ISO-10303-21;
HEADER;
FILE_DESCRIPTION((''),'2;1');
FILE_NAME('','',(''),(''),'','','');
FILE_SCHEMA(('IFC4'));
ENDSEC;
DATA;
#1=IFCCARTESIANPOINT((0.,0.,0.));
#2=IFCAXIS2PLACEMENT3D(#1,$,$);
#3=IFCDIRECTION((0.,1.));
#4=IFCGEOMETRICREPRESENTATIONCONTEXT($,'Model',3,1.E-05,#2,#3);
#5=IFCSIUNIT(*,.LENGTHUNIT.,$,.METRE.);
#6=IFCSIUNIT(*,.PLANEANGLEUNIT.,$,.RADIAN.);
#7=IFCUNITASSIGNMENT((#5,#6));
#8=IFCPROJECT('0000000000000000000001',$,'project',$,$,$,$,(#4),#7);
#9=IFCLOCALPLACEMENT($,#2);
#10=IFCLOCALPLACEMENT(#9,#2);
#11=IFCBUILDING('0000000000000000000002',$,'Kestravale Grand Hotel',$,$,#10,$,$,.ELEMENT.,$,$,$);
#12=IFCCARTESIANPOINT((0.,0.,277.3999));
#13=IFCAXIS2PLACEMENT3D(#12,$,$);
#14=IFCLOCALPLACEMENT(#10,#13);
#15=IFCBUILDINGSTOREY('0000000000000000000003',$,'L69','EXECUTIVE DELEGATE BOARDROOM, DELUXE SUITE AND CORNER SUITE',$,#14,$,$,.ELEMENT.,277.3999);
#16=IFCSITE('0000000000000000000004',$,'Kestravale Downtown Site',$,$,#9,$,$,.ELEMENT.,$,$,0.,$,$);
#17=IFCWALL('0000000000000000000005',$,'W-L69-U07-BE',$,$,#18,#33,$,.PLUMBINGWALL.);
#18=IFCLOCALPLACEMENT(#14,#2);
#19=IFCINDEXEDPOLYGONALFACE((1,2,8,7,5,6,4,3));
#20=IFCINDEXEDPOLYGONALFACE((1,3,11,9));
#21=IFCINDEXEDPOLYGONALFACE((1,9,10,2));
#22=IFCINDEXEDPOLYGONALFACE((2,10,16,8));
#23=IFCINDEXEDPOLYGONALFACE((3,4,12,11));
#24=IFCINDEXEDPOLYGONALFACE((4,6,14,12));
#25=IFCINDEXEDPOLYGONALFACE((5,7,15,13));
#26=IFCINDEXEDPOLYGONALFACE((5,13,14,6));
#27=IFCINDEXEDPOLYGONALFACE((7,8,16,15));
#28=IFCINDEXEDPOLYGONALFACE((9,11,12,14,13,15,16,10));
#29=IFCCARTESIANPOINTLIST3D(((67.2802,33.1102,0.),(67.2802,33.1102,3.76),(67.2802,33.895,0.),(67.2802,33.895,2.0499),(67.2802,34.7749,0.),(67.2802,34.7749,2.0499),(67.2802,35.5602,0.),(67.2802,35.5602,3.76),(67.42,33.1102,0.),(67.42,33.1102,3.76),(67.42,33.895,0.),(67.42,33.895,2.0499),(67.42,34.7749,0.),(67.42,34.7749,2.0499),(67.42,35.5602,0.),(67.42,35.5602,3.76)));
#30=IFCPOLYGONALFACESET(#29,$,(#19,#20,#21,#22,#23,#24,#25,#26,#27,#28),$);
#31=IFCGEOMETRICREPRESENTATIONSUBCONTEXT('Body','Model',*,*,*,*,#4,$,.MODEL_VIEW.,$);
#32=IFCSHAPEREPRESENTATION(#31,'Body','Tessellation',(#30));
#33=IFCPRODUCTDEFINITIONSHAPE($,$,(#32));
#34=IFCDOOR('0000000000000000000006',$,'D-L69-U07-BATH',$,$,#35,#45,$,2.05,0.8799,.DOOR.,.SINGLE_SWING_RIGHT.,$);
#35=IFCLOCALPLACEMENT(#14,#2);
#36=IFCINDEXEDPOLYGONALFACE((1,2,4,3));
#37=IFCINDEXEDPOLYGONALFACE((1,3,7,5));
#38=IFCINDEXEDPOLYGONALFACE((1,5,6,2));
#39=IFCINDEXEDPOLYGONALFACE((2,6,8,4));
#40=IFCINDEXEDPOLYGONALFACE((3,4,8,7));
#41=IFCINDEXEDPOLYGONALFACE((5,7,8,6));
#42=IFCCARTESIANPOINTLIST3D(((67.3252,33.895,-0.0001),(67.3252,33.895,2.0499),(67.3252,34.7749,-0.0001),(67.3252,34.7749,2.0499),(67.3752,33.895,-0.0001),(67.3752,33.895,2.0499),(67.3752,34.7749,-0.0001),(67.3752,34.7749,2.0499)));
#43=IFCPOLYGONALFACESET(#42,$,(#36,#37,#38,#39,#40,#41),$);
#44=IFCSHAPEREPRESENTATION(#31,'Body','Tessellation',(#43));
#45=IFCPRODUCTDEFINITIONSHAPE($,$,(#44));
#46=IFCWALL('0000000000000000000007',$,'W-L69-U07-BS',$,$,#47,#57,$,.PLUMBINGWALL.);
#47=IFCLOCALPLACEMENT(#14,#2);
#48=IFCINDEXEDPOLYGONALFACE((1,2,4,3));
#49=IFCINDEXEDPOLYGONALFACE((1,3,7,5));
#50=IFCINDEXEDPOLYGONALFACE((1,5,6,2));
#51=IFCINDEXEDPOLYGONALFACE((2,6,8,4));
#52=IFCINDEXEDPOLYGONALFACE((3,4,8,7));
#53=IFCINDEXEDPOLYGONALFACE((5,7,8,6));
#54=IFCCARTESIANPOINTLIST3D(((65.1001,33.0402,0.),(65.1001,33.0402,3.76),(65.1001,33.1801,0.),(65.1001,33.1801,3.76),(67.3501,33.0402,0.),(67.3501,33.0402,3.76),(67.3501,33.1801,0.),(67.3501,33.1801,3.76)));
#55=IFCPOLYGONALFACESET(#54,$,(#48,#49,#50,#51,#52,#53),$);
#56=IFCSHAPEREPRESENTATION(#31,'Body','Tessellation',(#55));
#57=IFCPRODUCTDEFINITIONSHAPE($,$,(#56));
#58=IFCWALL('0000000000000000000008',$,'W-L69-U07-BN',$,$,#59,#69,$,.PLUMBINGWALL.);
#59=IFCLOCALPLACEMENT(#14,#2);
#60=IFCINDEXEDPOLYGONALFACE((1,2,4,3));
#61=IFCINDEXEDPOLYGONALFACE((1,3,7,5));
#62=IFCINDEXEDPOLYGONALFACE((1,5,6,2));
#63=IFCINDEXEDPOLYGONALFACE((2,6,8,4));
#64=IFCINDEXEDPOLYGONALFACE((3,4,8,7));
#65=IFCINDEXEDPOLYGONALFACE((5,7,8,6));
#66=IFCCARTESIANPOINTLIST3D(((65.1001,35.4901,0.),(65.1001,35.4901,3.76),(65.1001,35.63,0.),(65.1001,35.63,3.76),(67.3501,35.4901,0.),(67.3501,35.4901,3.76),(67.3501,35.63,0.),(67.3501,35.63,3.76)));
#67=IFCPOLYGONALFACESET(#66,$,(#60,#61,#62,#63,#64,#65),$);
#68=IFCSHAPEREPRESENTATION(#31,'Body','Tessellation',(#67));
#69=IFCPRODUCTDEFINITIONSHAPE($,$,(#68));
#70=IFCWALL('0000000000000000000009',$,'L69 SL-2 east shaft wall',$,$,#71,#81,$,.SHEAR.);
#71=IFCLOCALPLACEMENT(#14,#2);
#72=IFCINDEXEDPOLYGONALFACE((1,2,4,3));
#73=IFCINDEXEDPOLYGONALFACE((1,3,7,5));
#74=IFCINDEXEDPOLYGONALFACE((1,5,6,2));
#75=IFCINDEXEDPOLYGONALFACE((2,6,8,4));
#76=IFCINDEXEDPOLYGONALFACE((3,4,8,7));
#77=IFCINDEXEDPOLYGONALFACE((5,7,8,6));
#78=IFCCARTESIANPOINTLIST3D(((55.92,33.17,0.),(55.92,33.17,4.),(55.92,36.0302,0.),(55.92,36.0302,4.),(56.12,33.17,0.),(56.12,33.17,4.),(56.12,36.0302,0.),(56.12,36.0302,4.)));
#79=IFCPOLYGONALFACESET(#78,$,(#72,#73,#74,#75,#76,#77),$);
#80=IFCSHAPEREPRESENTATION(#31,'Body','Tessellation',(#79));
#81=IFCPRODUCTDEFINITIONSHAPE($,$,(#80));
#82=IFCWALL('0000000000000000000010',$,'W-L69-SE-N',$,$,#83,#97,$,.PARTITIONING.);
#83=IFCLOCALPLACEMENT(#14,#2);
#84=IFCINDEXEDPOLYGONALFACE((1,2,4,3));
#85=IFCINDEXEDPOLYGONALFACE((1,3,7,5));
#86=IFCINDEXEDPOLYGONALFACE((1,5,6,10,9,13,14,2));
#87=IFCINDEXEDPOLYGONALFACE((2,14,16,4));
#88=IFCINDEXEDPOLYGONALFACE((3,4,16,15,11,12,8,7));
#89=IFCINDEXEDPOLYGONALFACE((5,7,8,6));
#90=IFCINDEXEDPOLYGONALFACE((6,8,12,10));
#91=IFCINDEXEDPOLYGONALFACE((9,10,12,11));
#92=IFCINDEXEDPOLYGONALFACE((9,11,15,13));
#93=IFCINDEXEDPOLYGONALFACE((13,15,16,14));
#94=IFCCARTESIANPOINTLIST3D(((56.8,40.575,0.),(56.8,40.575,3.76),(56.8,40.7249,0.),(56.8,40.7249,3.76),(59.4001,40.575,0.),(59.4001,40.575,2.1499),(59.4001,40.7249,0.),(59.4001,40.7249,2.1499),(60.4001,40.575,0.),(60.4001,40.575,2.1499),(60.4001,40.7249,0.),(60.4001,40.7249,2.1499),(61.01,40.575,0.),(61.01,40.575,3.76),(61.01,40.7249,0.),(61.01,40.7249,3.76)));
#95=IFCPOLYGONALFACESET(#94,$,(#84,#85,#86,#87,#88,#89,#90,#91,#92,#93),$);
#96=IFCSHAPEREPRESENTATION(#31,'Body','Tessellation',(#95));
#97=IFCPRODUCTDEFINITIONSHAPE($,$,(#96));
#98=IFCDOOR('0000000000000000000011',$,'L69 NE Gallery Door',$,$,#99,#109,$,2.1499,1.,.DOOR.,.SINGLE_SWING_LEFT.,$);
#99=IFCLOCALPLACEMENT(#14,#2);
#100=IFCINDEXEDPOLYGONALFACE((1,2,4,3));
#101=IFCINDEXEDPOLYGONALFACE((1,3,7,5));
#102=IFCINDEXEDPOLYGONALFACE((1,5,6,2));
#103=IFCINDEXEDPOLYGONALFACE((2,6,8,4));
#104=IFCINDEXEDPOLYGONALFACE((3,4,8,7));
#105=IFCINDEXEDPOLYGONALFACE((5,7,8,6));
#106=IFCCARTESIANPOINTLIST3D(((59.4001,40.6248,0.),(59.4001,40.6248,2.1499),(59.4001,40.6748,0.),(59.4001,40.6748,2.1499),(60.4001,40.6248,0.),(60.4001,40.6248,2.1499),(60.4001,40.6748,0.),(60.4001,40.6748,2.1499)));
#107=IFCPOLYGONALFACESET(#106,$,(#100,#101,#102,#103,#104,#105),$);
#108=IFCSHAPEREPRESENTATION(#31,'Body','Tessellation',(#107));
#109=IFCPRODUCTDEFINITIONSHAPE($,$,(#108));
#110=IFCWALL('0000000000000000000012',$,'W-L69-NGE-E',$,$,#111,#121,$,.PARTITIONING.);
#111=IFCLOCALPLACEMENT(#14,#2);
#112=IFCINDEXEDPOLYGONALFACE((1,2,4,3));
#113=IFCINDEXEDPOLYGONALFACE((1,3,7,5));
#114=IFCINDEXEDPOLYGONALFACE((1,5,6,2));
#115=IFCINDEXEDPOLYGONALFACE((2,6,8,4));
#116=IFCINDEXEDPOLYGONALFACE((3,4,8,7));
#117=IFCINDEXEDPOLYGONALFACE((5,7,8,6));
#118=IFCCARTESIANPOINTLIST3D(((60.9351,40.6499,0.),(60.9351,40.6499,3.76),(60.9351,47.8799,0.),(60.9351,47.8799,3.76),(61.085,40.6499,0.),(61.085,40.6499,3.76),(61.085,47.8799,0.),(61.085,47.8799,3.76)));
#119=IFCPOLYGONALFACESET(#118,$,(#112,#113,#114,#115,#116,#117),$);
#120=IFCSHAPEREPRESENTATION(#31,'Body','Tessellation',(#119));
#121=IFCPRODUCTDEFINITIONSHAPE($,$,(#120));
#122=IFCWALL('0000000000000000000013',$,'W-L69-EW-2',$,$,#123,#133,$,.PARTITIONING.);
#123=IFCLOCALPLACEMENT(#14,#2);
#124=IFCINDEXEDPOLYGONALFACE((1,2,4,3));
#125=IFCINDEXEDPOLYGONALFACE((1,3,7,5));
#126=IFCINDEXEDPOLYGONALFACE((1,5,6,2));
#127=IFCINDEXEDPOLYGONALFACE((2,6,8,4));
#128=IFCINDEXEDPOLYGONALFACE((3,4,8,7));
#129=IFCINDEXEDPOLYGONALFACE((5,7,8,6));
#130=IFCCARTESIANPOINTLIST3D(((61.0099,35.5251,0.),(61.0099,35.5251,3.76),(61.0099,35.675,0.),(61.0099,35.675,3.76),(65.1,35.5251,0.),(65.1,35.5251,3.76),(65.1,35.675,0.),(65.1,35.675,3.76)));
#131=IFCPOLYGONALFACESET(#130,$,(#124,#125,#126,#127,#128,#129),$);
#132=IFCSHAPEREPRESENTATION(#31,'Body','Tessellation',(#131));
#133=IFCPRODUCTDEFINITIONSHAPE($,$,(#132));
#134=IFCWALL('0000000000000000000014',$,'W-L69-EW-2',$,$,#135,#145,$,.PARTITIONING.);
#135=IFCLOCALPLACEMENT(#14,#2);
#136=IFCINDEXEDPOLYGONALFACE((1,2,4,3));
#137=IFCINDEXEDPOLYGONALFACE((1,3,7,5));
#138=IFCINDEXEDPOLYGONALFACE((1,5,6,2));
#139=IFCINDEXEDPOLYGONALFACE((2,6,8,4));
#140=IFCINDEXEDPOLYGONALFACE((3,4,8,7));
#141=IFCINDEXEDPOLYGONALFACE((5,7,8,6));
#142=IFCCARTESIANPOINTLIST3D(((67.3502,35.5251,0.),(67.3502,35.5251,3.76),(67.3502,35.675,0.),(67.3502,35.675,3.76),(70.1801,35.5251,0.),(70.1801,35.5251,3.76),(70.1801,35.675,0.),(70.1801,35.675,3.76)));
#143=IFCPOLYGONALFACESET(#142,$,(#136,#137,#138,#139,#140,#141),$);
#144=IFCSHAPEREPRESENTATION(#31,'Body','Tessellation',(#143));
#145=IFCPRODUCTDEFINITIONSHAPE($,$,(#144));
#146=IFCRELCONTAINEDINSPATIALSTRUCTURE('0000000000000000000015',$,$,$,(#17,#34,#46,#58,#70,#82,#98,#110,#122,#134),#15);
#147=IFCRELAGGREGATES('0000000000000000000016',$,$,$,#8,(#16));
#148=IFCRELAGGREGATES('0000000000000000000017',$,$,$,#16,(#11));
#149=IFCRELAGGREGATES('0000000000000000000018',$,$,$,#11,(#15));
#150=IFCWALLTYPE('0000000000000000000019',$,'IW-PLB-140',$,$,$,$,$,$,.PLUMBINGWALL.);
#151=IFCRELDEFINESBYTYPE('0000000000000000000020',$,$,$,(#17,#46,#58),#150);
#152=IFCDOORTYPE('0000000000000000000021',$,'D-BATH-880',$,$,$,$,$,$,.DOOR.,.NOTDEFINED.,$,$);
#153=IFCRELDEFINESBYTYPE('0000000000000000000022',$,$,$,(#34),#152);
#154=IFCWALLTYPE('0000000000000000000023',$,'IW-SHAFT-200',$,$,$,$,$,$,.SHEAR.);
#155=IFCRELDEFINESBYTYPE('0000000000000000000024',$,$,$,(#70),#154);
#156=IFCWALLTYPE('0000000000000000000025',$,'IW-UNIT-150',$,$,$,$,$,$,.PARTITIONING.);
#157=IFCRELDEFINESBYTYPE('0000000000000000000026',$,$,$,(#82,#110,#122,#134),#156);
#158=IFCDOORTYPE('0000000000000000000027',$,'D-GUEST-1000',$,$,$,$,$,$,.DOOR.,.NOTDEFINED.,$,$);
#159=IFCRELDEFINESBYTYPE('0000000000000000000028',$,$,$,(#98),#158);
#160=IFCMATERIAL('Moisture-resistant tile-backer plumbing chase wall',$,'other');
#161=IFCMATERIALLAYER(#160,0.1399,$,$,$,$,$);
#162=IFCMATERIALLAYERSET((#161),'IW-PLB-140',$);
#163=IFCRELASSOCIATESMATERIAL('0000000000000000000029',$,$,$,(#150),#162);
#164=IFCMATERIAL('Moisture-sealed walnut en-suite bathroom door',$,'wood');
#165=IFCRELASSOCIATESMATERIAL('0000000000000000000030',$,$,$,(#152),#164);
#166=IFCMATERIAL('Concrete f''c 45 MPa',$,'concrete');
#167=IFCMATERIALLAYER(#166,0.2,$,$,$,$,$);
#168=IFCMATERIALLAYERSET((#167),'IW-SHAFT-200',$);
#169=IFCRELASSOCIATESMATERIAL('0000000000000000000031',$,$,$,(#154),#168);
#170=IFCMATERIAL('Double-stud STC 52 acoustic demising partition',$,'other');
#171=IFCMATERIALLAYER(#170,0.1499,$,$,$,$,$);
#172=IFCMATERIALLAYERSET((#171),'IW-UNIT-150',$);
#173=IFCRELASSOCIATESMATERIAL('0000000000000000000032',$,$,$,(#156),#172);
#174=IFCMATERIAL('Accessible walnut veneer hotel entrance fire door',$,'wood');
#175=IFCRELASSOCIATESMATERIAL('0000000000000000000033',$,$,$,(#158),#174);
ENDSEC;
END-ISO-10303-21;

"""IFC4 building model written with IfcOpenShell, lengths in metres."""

from ifc_helpers import new_model, si_unit, direction, frame, frame_2d, origin, place, context, subcontext, project, spatial, rectangle, extrude, material, layer, layer_set, type_object, element, fill, save


model = new_model("IFC4")

# Units and contexts
model_context = context("Model", 3, precision=1e-05, world=origin(), true_north=direction((0.0, 1.0)))
body_context = subcontext(model_context, "Body", "Model", "MODEL_VIEW")
ifc_project = project(units=[si_unit("LENGTHUNIT", "METRE"), si_unit("PLANEANGLEUNIT", "RADIAN")], contexts=[model_context])

# Site, building, storey
site_placement = place(None, origin())
site = spatial("IfcSite", under=ifc_project, at=site_placement, Name="Kestravale Downtown Site", CompositionType="ELEMENT", RefElevation=0.0)
building_placement = place(site_placement, origin())
building = spatial("IfcBuilding", under=site, at=building_placement, Name="Kestravale Grand Hotel", CompositionType="ELEMENT")
storey_placement = place(building_placement, frame((0.0, 0.0, 277.3999)))
storey = spatial("IfcBuildingStorey", under=building, at=storey_placement, Name="L69", Description="EXECUTIVE DELEGATE BOARDROOM, DELUXE SUITE AND CORNER SUITE", CompositionType="ELEMENT", Elevation=277.3999)

# Shared definitions
ifc_material_1 = material(Name="Moisture-resistant tile-backer plumbing chase wall", Category="other")
ifc_layer_1 = layer(ifc_material_1, 0.1399)
ifc_layer_set_1 = layer_set([ifc_layer_1], Name="IW-PLB-140")
wall_type_1 = type_object("IfcWallType", Name="IW-PLB-140", PredefinedType="PLUMBINGWALL", material=ifc_layer_set_1)

# Wall, opening, door
wall_1_placement = place(storey_placement, frame((67.3501, 33.1101, 0.0), z_axis=(0.0, 0.0, 1.0), x_axis=(0.0, 1.0, 0.0)))
wall_1 = element("IfcWall", 1, at=wall_1_placement, inside=storey, type_object=wall_type_1, Name="W-L69-U07-BE", PredefinedType="PLUMBINGWALL", context=body_context, shape_type="SweptSolid", body=[
    extrude(rectangle(XDim=2.45, YDim=0.1399, at=frame_2d((1.2251, 0.0))), origin(), (0.0, 0.0, 1.0), 3.76),
])
opening_1_placement = place(wall_1_placement, frame((0.7849, 0.0, 0.0)))
opening_1 = element("IfcOpeningElement", 2, at=opening_1_placement, cuts=wall_1, PredefinedType="OPENING", context=body_context, shape_type="SweptSolid", body=[
    extrude(rectangle(XDim=0.8799, YDim=2.05, at=frame_2d((0.4399, 1.0249))), frame((0.0, 0.0798, 0.0), z_axis=(0.0, -1.0, 0.0), x_axis=(1.0, 0.0, 0.0)), (0.0, 0.0, 1.0), 0.1599),
])
ifc_material_2 = material(Name="Moisture-sealed walnut en-suite bathroom door", Category="wood")
door_type_1 = type_object("IfcDoorType", Name="D-BATH-880", OperationType="NOTDEFINED", PredefinedType="DOOR", material=ifc_material_2)
door_1_placement = place(opening_1_placement, origin())
door_1 = element("IfcDoor", 3, at=door_1_placement, inside=storey, type_object=door_type_1, Name="D-L69-U07-BATH", OperationType="SINGLE_SWING_RIGHT", OverallHeight=2.05, OverallWidth=0.8799, PredefinedType="DOOR", context=body_context, shape_type="SweptSolid", body=[
    extrude(rectangle(XDim=0.8799, YDim=2.05, at=frame_2d((0.4399, 1.0249))), frame((0.0, 0.0249, 0.0), z_axis=(0.0, -1.0, 0.0), x_axis=(1.0, 0.0, 0.0)), (0.0, 0.0, 1.0), 0.05),
])
fill(opening_1, door_1)

# Walls
for number, where, z_axis, x_axis, name in (
    (4, (65.1001, 33.1101, 0.0), (0.0, 0.0, 1.0), (1.0, 0.0, 0.0), "W-L69-U07-BS"),
    (5, (65.1001, 35.5601, 0.0), (0.0, 0.0, 1.0), (1.0, 0.0, 0.0), "W-L69-U07-BN"),
):
    element("IfcWall", number, at=place(storey_placement, frame(where, z_axis=z_axis, x_axis=x_axis)), inside=storey, type_object=wall_type_1, Name=name, PredefinedType="PLUMBINGWALL", context=body_context, shape_type="SweptSolid", body=[
        extrude(rectangle(XDim=2.25, YDim=0.1399, at=frame_2d((1.125, 0.0))), origin(), (0.0, 0.0, 1.0), 3.76),
    ])
ifc_material_3 = material(Name="Concrete f'c 45 MPa", Category="concrete")
ifc_layer_2 = layer(ifc_material_3, 0.2)
ifc_layer_set_2 = layer_set([ifc_layer_2], Name="IW-SHAFT-200")
wall_type_2 = type_object("IfcWallType", Name="IW-SHAFT-200", PredefinedType="SHEAR", material=ifc_layer_set_2)
wall_2_placement = place(storey_placement, frame((56.02, 33.1699, 0.0), z_axis=(0.0, 0.0, 1.0), x_axis=(0.0, 1.0, 0.0)))
element("IfcWall", 6, at=wall_2_placement, inside=storey, type_object=wall_type_2, Name="L69 SL-2 east shaft wall", PredefinedType="SHEAR", context=body_context, shape_type="SweptSolid", body=[
    extrude(rectangle(XDim=2.8601, YDim=0.2, at=frame_2d((1.4302, 0.0))), origin(), (0.0, 0.0, 1.0), 4.0),
])

# Wall, opening, door
ifc_material_4 = material(Name="Double-stud STC 52 acoustic demising partition", Category="other")
ifc_layer_3 = layer(ifc_material_4, 0.1499)
ifc_layer_set_3 = layer_set([ifc_layer_3], Name="IW-UNIT-150")
wall_type_3 = type_object("IfcWallType", Name="IW-UNIT-150", PredefinedType="PARTITIONING", material=ifc_layer_set_3)
wall_3_placement = place(storey_placement, frame((56.8, 40.6499, 0.0), z_axis=(0.0, 0.0, 1.0), x_axis=(1.0, 0.0, 0.0)))
wall_3 = element("IfcWall", 7, at=wall_3_placement, inside=storey, type_object=wall_type_3, Name="W-L69-SE-N", PredefinedType="PARTITIONING", context=body_context, shape_type="SweptSolid", body=[
    extrude(rectangle(XDim=4.21, YDim=0.1499, at=frame_2d((2.105, 0.0))), origin(), (0.0, 0.0, 1.0), 3.76),
])
opening_2_placement = place(wall_3_placement, frame((2.6001, 0.0, 0.0)))
opening_2 = element("IfcOpeningElement", 8, at=opening_2_placement, cuts=wall_3, PredefinedType="OPENING", context=body_context, shape_type="SweptSolid", body=[
    extrude(rectangle(XDim=1.0, YDim=2.1499, at=frame_2d((0.5, 1.075))), frame((0.0, 0.085, 0.0), z_axis=(0.0, -1.0, 0.0), x_axis=(1.0, 0.0, 0.0)), (0.0, 0.0, 1.0), 0.1699),
])
ifc_material_5 = material(Name="Accessible walnut veneer hotel entrance fire door", Category="wood")
door_type_2 = type_object("IfcDoorType", Name="D-GUEST-1000", OperationType="NOTDEFINED", PredefinedType="DOOR", material=ifc_material_5)
door_2_placement = place(opening_2_placement, origin())
door_2 = element("IfcDoor", 9, at=door_2_placement, inside=storey, type_object=door_type_2, Name="L69 NE Gallery Door", OperationType="SINGLE_SWING_LEFT", OverallHeight=2.1499, OverallWidth=1.0, PredefinedType="DOOR", context=body_context, shape_type="SweptSolid", body=[
    extrude(rectangle(XDim=1.0, YDim=2.1499, at=frame_2d((0.5, 1.075))), frame((0.0, 0.0249, 0.0), z_axis=(0.0, -1.0, 0.0), x_axis=(1.0, 0.0, 0.0)), (0.0, 0.0, 1.0), 0.05),
])
fill(opening_2, door_2)

# Walls
wall_4_placement = place(storey_placement, frame((61.01, 40.6499, 0.0), z_axis=(0.0, 0.0, 1.0), x_axis=(0.0, 1.0, 0.0)))
element("IfcWall", 10, at=wall_4_placement, inside=storey, type_object=wall_type_3, Name="W-L69-NGE-E", PredefinedType="PARTITIONING", context=body_context, shape_type="SweptSolid", body=[
    extrude(rectangle(XDim=7.23, YDim=0.1499, at=frame_2d((3.615, 0.0))), origin(), (0.0, 0.0, 1.0), 3.76),
])
wall_5_placement = place(storey_placement, frame((61.01, 35.6001, 0.0), z_axis=(0.0, 0.0, 1.0), x_axis=(1.0, 0.0, 0.0)))
element("IfcWall", 11, at=wall_5_placement, inside=storey, type_object=wall_type_3, Name="W-L69-EW-2", PredefinedType="PARTITIONING", context=body_context, shape_type="SweptSolid", body=[
    extrude(rectangle(XDim=4.0901, YDim=0.1499, at=frame_2d((2.0449, 0.0))), origin(), (0.0, 0.0, 1.0), 3.76),
])
wall_6_placement = place(storey_placement, frame((67.3501, 35.6001, 0.0), z_axis=(0.0, 0.0, 1.0), x_axis=(1.0, 0.0, 0.0)))
element("IfcWall", 12, at=wall_6_placement, inside=storey, type_object=wall_type_3, Name="W-L69-EW-2", PredefinedType="PARTITIONING", context=body_context, shape_type="SweptSolid", body=[
    extrude(rectangle(XDim=2.8298, YDim=0.1499, at=frame_2d((1.415, 0.0))), origin(), (0.0, 0.0, 1.0), 3.76),
])

save(model, "model.ifc")
